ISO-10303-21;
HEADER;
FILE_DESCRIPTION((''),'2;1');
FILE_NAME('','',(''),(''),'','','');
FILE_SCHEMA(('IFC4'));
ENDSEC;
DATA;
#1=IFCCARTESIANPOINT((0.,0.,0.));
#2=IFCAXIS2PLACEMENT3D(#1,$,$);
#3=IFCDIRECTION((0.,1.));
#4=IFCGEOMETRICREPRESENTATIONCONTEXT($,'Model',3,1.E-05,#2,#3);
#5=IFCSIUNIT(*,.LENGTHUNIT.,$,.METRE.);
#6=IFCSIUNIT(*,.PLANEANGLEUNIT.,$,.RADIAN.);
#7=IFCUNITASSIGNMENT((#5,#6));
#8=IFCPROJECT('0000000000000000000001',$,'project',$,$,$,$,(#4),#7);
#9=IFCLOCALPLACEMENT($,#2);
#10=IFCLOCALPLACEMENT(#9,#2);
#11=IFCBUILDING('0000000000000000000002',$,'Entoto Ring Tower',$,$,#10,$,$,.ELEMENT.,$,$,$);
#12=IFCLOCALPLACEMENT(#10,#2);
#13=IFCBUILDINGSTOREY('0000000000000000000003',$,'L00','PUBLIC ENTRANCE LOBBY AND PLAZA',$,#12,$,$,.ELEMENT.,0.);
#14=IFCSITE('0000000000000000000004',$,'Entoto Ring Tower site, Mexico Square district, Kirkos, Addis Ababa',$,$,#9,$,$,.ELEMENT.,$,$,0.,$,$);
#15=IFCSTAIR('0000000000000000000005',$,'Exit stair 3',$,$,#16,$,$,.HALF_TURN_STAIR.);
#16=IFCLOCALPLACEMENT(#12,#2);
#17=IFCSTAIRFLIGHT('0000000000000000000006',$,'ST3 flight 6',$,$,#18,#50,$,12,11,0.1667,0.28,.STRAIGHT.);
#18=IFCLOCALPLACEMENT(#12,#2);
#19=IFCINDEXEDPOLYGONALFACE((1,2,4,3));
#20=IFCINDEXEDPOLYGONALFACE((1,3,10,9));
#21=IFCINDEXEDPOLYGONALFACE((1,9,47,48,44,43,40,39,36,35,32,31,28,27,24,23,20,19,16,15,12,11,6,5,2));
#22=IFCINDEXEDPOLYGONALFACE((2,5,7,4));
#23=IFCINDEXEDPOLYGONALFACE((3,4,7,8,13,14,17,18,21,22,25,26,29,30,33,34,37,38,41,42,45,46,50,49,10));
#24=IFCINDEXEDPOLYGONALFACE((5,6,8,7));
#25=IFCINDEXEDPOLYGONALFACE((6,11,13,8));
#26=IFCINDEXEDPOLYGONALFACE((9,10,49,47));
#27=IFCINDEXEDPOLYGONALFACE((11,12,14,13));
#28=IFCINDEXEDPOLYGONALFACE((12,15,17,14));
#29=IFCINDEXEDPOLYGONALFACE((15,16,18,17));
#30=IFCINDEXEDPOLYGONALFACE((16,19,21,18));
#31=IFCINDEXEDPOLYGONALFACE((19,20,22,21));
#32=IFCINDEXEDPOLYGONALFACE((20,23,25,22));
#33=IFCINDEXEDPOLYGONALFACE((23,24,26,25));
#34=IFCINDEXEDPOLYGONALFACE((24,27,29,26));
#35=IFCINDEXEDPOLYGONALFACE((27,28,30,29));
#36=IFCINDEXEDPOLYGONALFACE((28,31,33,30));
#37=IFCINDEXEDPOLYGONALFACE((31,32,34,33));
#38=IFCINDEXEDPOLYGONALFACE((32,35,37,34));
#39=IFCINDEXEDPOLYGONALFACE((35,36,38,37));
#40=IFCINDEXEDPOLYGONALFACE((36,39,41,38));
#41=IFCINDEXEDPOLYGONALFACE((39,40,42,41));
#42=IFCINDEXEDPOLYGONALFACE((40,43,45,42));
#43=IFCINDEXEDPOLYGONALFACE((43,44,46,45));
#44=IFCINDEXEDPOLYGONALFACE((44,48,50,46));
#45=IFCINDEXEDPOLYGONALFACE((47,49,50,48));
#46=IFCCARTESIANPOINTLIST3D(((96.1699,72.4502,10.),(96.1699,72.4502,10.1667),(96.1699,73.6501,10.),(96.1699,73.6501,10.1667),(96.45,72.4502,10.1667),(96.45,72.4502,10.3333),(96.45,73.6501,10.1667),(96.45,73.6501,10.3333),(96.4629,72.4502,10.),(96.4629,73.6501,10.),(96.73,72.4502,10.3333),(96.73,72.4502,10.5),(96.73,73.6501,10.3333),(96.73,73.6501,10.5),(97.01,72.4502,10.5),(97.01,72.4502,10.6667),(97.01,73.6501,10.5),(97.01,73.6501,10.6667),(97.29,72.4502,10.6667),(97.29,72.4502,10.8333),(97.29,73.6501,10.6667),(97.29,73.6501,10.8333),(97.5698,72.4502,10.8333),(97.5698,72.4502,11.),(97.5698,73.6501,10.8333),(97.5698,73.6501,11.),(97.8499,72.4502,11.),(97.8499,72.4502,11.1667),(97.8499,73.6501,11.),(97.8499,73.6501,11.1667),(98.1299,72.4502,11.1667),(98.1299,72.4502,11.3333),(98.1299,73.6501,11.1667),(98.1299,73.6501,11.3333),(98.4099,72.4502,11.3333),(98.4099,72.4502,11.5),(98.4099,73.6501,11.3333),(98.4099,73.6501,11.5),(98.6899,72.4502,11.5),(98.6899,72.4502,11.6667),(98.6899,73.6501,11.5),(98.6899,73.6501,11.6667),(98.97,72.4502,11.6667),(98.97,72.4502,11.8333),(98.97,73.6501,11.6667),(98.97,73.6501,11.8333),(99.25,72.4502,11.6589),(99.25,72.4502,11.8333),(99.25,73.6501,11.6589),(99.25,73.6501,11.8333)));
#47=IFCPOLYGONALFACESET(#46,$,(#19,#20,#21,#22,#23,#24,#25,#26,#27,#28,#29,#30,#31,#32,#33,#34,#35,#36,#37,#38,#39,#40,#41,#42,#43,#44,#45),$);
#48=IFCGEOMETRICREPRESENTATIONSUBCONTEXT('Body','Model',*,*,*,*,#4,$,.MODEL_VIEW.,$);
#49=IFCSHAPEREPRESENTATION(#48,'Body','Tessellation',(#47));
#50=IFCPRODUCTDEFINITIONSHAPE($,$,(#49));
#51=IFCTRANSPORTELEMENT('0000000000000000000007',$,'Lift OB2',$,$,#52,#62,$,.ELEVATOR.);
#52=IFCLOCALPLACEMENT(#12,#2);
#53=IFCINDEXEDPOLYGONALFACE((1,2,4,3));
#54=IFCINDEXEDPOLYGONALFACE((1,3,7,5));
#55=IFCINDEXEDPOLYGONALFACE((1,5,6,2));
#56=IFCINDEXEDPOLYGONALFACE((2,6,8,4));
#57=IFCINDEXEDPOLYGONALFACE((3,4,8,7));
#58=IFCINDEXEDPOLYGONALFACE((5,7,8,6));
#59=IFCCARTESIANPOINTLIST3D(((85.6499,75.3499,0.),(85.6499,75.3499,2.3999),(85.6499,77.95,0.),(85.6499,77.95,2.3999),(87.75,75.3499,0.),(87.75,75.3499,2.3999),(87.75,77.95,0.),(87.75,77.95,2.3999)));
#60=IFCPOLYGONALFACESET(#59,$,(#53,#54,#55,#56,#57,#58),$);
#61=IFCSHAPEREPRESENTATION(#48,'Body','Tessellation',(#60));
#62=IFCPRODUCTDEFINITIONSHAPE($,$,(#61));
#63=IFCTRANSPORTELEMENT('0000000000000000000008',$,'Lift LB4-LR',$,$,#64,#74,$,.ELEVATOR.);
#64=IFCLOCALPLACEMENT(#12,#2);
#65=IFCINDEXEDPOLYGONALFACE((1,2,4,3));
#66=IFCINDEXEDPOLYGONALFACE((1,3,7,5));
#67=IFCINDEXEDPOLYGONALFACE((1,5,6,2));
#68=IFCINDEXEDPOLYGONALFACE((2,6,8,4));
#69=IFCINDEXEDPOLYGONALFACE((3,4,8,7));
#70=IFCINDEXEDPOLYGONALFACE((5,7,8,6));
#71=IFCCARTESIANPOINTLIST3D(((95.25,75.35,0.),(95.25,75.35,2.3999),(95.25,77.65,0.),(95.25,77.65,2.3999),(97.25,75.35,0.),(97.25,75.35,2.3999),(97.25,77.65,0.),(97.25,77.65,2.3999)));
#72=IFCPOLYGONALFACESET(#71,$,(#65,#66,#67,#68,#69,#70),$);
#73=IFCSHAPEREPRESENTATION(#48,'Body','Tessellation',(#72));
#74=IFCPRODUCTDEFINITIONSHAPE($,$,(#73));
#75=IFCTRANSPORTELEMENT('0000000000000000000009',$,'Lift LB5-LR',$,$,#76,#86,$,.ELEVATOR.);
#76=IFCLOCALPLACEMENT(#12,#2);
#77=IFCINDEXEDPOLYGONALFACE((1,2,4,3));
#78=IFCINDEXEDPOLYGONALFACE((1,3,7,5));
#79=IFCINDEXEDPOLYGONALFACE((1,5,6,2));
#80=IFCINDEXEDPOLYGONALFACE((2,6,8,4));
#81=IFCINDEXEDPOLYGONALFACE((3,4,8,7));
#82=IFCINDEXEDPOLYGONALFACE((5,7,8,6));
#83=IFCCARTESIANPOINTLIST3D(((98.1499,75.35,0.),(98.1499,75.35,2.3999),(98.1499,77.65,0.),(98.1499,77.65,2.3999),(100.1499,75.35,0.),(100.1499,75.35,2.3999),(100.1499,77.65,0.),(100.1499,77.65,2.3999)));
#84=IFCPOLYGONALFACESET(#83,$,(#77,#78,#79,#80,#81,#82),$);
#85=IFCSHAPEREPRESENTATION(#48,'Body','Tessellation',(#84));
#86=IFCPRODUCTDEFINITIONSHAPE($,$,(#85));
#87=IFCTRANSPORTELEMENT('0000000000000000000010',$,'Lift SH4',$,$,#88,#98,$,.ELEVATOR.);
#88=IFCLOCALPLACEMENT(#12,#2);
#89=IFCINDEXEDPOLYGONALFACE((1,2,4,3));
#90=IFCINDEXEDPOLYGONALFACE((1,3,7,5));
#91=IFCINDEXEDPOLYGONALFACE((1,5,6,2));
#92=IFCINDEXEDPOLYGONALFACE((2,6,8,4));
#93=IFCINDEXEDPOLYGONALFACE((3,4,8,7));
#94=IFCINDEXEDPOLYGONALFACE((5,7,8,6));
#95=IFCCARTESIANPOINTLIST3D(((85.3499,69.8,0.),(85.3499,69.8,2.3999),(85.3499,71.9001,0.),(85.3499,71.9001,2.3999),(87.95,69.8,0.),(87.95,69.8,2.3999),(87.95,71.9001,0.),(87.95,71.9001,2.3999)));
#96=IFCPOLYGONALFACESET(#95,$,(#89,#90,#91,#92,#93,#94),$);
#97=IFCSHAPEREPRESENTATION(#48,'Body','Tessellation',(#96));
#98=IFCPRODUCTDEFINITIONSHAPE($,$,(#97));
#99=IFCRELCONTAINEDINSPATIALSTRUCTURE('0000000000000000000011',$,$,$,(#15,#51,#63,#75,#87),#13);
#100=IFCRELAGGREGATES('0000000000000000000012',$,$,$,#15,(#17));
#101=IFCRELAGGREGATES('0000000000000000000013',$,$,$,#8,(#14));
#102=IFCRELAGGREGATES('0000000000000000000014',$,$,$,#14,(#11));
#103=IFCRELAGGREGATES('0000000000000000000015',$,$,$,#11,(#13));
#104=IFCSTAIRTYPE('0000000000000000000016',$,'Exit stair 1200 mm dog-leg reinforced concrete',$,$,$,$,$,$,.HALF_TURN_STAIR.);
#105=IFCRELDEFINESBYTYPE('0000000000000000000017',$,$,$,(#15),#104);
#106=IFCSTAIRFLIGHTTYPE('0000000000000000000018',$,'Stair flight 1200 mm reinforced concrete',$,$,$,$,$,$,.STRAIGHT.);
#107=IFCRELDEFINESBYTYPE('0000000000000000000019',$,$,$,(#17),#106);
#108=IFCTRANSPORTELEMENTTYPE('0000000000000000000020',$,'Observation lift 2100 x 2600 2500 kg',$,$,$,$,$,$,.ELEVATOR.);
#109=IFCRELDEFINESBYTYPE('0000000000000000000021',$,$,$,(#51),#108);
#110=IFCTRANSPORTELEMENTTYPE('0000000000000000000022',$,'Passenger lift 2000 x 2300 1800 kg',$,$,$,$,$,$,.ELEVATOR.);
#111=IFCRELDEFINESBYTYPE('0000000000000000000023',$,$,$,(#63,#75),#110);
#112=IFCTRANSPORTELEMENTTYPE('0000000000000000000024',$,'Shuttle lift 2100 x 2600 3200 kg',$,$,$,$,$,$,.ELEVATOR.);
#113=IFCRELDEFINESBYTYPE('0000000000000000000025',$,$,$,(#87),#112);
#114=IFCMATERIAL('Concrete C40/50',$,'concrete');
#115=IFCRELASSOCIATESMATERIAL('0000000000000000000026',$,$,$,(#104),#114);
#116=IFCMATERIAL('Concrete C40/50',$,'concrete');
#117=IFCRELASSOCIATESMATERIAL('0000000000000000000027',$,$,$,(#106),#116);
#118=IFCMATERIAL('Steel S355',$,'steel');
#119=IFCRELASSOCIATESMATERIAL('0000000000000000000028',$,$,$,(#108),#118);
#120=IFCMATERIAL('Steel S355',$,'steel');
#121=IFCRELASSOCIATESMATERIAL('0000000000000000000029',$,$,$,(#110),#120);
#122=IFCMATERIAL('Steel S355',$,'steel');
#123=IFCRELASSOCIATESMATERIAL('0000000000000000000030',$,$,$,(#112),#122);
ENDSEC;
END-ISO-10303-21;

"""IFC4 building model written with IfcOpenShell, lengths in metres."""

from ifc_helpers import new_model, si_unit, direction, frame, origin, origin_2d, place, context, subcontext, project, spatial, polyline, rectangle, outline, extrude, material, type_object, element, aggregate, save


model = new_model("IFC4")

# Units and contexts
model_context = context("Model", 3, precision=1e-05, world=origin(), true_north=direction((0.0, 1.0)))
body_context = subcontext(model_context, "Body", "Model", "MODEL_VIEW")
ifc_project = project(units=[si_unit("LENGTHUNIT", "METRE"), si_unit("PLANEANGLEUNIT", "RADIAN")], contexts=[model_context])

# Site, building, storey
site_placement = place(None, origin())
site = spatial("IfcSite", under=ifc_project, at=site_placement, Name="Entoto Ring Tower site, Mexico Square district, Kirkos, Addis Ababa", CompositionType="ELEMENT", RefElevation=0.0)
building_placement = place(site_placement, origin())
building = spatial("IfcBuilding", under=site, at=building_placement, Name="Entoto Ring Tower", CompositionType="ELEMENT")
storey_placement = place(building_placement, origin())
storey = spatial("IfcBuildingStorey", under=building, at=storey_placement, Name="L00", Description="PUBLIC ENTRANCE LOBBY AND PLAZA", CompositionType="ELEMENT", Elevation=0.0)

# Stair, stair flight
ifc_material_1 = material(Name="Concrete C40/50", Category="concrete")
stair_type = type_object("IfcStairType", Name="Exit stair 1200 mm dog-leg reinforced concrete", PredefinedType="HALF_TURN_STAIR", material=ifc_material_1)
stair_placement = place(storey_placement, origin())
stair = element("IfcStair", 1, at=stair_placement, inside=storey, type_object=stair_type, Name="Exit stair 3", PredefinedType="HALF_TURN_STAIR")
ifc_material_2 = material(Name="Concrete C40/50", Category="concrete")
stair_flight_type = type_object("IfcStairFlightType", Name="Stair flight 1200 mm reinforced concrete", PredefinedType="STRAIGHT", material=ifc_material_2)
stair_flight_1_placement = place(storey_placement, frame((96.1699, 73.05, 10.0), z_axis=(0.0, 0.0, 1.0), x_axis=(1.0, 0.0, 0.0)))
stair_flight_1 = element("IfcStairFlight", 2, at=stair_flight_1_placement, type_object=stair_flight_type, Name="ST3 flight 6", NumberOfRisers=12, NumberOfTreads=11, PredefinedType="STRAIGHT", RiserHeight=0.1667, TreadLength=0.28, context=body_context, shape_type="SweptSolid", body=[
    extrude(outline(polyline([(0.0, 0.0), (0.0, 0.1667), (0.28, 0.1667), (0.28, 0.3333), (0.5601, 0.3333), (0.5601, 0.5), (0.8401, 0.5), (0.8401, 0.6667), (1.1201, 0.6667), (1.1201, 0.8333), (1.3999, 0.8333), (1.3999, 1.0), (1.6799, 1.0), (1.6799, 1.1667), (1.96, 1.1667), (1.96, 1.3333), (2.24, 1.3333), (2.24, 1.5), (2.52, 1.5), (2.52, 1.6667), (2.8, 1.6667), (2.8, 1.8333), (3.0801, 1.8333), (3.0801, 2.0), (3.0801, 1.6589), (0.293, 0.0), (0.0, 0.0)])), frame((0.0, 0.6001, 0.0), z_axis=(0.0, -1.0, 0.0), x_axis=(1.0, 0.0, 0.0)), (0.0, 0.0, 1.0), 1.2),
])
aggregate(stair, [stair_flight_1])

# Transport elements
ifc_material_3 = material(Name="Steel S355", Category="steel")
transport_element_type_1 = type_object("IfcTransportElementType", Name="Observation lift 2100 x 2600 2500 kg", PredefinedType="ELEVATOR", material=ifc_material_3)
transport_element_1_placement = place(storey_placement, frame((86.7, 76.6499, 0.0), z_axis=(0.0, 0.0, 1.0), x_axis=(1.0, 0.0, 0.0)))
element("IfcTransportElement", 3, at=transport_element_1_placement, inside=storey, type_object=transport_element_type_1, Name="Lift OB2", PredefinedType="ELEVATOR", context=body_context, shape_type="SweptSolid", body=[
    extrude(rectangle(XDim=2.1001, YDim=2.6001, at=origin_2d()), origin(), (0.0, 0.0, 1.0), 2.3999),
])
ifc_material_4 = material(Name="Steel S355", Category="steel")
transport_element_type_2 = type_object("IfcTransportElementType", Name="Passenger lift 2000 x 2300 1800 kg", PredefinedType="ELEVATOR", material=ifc_material_4)
for number, where, z_axis, x_axis, name in (
    (4, (96.25, 76.5, 0.0), (0.0, 0.0, 1.0), (1.0, 0.0, 0.0), "Lift LB4-LR"),
    (5, (99.1499, 76.5, 0.0), (0.0, 0.0, 1.0), (1.0, 0.0, 0.0), "Lift LB5-LR"),
):
    element("IfcTransportElement", number, at=place(storey_placement, frame(where, z_axis=z_axis, x_axis=x_axis)), inside=storey, type_object=transport_element_type_2, Name=name, PredefinedType="ELEVATOR", context=body_context, shape_type="SweptSolid", body=[
        extrude(rectangle(XDim=2.0, YDim=2.3, at=origin_2d()), origin(), (0.0, 0.0, 1.0), 2.3999),
    ])
ifc_material_5 = material(Name="Steel S355", Category="steel")
transport_element_type_3 = type_object("IfcTransportElementType", Name="Shuttle lift 2100 x 2600 3200 kg", PredefinedType="ELEVATOR", material=ifc_material_5)
transport_element_2_placement = place(storey_placement, frame((86.6499, 70.8501, 0.0), z_axis=(0.0, 0.0, 1.0), x_axis=(1.0, 0.0, 0.0)))
element("IfcTransportElement", 6, at=transport_element_2_placement, inside=storey, type_object=transport_element_type_3, Name="Lift SH4", PredefinedType="ELEVATOR", context=body_context, shape_type="SweptSolid", body=[
    extrude(rectangle(XDim=2.6001, YDim=2.1001, at=origin_2d()), origin(), (0.0, 0.0, 1.0), 2.3999),
])

save(model, "model.ifc")
